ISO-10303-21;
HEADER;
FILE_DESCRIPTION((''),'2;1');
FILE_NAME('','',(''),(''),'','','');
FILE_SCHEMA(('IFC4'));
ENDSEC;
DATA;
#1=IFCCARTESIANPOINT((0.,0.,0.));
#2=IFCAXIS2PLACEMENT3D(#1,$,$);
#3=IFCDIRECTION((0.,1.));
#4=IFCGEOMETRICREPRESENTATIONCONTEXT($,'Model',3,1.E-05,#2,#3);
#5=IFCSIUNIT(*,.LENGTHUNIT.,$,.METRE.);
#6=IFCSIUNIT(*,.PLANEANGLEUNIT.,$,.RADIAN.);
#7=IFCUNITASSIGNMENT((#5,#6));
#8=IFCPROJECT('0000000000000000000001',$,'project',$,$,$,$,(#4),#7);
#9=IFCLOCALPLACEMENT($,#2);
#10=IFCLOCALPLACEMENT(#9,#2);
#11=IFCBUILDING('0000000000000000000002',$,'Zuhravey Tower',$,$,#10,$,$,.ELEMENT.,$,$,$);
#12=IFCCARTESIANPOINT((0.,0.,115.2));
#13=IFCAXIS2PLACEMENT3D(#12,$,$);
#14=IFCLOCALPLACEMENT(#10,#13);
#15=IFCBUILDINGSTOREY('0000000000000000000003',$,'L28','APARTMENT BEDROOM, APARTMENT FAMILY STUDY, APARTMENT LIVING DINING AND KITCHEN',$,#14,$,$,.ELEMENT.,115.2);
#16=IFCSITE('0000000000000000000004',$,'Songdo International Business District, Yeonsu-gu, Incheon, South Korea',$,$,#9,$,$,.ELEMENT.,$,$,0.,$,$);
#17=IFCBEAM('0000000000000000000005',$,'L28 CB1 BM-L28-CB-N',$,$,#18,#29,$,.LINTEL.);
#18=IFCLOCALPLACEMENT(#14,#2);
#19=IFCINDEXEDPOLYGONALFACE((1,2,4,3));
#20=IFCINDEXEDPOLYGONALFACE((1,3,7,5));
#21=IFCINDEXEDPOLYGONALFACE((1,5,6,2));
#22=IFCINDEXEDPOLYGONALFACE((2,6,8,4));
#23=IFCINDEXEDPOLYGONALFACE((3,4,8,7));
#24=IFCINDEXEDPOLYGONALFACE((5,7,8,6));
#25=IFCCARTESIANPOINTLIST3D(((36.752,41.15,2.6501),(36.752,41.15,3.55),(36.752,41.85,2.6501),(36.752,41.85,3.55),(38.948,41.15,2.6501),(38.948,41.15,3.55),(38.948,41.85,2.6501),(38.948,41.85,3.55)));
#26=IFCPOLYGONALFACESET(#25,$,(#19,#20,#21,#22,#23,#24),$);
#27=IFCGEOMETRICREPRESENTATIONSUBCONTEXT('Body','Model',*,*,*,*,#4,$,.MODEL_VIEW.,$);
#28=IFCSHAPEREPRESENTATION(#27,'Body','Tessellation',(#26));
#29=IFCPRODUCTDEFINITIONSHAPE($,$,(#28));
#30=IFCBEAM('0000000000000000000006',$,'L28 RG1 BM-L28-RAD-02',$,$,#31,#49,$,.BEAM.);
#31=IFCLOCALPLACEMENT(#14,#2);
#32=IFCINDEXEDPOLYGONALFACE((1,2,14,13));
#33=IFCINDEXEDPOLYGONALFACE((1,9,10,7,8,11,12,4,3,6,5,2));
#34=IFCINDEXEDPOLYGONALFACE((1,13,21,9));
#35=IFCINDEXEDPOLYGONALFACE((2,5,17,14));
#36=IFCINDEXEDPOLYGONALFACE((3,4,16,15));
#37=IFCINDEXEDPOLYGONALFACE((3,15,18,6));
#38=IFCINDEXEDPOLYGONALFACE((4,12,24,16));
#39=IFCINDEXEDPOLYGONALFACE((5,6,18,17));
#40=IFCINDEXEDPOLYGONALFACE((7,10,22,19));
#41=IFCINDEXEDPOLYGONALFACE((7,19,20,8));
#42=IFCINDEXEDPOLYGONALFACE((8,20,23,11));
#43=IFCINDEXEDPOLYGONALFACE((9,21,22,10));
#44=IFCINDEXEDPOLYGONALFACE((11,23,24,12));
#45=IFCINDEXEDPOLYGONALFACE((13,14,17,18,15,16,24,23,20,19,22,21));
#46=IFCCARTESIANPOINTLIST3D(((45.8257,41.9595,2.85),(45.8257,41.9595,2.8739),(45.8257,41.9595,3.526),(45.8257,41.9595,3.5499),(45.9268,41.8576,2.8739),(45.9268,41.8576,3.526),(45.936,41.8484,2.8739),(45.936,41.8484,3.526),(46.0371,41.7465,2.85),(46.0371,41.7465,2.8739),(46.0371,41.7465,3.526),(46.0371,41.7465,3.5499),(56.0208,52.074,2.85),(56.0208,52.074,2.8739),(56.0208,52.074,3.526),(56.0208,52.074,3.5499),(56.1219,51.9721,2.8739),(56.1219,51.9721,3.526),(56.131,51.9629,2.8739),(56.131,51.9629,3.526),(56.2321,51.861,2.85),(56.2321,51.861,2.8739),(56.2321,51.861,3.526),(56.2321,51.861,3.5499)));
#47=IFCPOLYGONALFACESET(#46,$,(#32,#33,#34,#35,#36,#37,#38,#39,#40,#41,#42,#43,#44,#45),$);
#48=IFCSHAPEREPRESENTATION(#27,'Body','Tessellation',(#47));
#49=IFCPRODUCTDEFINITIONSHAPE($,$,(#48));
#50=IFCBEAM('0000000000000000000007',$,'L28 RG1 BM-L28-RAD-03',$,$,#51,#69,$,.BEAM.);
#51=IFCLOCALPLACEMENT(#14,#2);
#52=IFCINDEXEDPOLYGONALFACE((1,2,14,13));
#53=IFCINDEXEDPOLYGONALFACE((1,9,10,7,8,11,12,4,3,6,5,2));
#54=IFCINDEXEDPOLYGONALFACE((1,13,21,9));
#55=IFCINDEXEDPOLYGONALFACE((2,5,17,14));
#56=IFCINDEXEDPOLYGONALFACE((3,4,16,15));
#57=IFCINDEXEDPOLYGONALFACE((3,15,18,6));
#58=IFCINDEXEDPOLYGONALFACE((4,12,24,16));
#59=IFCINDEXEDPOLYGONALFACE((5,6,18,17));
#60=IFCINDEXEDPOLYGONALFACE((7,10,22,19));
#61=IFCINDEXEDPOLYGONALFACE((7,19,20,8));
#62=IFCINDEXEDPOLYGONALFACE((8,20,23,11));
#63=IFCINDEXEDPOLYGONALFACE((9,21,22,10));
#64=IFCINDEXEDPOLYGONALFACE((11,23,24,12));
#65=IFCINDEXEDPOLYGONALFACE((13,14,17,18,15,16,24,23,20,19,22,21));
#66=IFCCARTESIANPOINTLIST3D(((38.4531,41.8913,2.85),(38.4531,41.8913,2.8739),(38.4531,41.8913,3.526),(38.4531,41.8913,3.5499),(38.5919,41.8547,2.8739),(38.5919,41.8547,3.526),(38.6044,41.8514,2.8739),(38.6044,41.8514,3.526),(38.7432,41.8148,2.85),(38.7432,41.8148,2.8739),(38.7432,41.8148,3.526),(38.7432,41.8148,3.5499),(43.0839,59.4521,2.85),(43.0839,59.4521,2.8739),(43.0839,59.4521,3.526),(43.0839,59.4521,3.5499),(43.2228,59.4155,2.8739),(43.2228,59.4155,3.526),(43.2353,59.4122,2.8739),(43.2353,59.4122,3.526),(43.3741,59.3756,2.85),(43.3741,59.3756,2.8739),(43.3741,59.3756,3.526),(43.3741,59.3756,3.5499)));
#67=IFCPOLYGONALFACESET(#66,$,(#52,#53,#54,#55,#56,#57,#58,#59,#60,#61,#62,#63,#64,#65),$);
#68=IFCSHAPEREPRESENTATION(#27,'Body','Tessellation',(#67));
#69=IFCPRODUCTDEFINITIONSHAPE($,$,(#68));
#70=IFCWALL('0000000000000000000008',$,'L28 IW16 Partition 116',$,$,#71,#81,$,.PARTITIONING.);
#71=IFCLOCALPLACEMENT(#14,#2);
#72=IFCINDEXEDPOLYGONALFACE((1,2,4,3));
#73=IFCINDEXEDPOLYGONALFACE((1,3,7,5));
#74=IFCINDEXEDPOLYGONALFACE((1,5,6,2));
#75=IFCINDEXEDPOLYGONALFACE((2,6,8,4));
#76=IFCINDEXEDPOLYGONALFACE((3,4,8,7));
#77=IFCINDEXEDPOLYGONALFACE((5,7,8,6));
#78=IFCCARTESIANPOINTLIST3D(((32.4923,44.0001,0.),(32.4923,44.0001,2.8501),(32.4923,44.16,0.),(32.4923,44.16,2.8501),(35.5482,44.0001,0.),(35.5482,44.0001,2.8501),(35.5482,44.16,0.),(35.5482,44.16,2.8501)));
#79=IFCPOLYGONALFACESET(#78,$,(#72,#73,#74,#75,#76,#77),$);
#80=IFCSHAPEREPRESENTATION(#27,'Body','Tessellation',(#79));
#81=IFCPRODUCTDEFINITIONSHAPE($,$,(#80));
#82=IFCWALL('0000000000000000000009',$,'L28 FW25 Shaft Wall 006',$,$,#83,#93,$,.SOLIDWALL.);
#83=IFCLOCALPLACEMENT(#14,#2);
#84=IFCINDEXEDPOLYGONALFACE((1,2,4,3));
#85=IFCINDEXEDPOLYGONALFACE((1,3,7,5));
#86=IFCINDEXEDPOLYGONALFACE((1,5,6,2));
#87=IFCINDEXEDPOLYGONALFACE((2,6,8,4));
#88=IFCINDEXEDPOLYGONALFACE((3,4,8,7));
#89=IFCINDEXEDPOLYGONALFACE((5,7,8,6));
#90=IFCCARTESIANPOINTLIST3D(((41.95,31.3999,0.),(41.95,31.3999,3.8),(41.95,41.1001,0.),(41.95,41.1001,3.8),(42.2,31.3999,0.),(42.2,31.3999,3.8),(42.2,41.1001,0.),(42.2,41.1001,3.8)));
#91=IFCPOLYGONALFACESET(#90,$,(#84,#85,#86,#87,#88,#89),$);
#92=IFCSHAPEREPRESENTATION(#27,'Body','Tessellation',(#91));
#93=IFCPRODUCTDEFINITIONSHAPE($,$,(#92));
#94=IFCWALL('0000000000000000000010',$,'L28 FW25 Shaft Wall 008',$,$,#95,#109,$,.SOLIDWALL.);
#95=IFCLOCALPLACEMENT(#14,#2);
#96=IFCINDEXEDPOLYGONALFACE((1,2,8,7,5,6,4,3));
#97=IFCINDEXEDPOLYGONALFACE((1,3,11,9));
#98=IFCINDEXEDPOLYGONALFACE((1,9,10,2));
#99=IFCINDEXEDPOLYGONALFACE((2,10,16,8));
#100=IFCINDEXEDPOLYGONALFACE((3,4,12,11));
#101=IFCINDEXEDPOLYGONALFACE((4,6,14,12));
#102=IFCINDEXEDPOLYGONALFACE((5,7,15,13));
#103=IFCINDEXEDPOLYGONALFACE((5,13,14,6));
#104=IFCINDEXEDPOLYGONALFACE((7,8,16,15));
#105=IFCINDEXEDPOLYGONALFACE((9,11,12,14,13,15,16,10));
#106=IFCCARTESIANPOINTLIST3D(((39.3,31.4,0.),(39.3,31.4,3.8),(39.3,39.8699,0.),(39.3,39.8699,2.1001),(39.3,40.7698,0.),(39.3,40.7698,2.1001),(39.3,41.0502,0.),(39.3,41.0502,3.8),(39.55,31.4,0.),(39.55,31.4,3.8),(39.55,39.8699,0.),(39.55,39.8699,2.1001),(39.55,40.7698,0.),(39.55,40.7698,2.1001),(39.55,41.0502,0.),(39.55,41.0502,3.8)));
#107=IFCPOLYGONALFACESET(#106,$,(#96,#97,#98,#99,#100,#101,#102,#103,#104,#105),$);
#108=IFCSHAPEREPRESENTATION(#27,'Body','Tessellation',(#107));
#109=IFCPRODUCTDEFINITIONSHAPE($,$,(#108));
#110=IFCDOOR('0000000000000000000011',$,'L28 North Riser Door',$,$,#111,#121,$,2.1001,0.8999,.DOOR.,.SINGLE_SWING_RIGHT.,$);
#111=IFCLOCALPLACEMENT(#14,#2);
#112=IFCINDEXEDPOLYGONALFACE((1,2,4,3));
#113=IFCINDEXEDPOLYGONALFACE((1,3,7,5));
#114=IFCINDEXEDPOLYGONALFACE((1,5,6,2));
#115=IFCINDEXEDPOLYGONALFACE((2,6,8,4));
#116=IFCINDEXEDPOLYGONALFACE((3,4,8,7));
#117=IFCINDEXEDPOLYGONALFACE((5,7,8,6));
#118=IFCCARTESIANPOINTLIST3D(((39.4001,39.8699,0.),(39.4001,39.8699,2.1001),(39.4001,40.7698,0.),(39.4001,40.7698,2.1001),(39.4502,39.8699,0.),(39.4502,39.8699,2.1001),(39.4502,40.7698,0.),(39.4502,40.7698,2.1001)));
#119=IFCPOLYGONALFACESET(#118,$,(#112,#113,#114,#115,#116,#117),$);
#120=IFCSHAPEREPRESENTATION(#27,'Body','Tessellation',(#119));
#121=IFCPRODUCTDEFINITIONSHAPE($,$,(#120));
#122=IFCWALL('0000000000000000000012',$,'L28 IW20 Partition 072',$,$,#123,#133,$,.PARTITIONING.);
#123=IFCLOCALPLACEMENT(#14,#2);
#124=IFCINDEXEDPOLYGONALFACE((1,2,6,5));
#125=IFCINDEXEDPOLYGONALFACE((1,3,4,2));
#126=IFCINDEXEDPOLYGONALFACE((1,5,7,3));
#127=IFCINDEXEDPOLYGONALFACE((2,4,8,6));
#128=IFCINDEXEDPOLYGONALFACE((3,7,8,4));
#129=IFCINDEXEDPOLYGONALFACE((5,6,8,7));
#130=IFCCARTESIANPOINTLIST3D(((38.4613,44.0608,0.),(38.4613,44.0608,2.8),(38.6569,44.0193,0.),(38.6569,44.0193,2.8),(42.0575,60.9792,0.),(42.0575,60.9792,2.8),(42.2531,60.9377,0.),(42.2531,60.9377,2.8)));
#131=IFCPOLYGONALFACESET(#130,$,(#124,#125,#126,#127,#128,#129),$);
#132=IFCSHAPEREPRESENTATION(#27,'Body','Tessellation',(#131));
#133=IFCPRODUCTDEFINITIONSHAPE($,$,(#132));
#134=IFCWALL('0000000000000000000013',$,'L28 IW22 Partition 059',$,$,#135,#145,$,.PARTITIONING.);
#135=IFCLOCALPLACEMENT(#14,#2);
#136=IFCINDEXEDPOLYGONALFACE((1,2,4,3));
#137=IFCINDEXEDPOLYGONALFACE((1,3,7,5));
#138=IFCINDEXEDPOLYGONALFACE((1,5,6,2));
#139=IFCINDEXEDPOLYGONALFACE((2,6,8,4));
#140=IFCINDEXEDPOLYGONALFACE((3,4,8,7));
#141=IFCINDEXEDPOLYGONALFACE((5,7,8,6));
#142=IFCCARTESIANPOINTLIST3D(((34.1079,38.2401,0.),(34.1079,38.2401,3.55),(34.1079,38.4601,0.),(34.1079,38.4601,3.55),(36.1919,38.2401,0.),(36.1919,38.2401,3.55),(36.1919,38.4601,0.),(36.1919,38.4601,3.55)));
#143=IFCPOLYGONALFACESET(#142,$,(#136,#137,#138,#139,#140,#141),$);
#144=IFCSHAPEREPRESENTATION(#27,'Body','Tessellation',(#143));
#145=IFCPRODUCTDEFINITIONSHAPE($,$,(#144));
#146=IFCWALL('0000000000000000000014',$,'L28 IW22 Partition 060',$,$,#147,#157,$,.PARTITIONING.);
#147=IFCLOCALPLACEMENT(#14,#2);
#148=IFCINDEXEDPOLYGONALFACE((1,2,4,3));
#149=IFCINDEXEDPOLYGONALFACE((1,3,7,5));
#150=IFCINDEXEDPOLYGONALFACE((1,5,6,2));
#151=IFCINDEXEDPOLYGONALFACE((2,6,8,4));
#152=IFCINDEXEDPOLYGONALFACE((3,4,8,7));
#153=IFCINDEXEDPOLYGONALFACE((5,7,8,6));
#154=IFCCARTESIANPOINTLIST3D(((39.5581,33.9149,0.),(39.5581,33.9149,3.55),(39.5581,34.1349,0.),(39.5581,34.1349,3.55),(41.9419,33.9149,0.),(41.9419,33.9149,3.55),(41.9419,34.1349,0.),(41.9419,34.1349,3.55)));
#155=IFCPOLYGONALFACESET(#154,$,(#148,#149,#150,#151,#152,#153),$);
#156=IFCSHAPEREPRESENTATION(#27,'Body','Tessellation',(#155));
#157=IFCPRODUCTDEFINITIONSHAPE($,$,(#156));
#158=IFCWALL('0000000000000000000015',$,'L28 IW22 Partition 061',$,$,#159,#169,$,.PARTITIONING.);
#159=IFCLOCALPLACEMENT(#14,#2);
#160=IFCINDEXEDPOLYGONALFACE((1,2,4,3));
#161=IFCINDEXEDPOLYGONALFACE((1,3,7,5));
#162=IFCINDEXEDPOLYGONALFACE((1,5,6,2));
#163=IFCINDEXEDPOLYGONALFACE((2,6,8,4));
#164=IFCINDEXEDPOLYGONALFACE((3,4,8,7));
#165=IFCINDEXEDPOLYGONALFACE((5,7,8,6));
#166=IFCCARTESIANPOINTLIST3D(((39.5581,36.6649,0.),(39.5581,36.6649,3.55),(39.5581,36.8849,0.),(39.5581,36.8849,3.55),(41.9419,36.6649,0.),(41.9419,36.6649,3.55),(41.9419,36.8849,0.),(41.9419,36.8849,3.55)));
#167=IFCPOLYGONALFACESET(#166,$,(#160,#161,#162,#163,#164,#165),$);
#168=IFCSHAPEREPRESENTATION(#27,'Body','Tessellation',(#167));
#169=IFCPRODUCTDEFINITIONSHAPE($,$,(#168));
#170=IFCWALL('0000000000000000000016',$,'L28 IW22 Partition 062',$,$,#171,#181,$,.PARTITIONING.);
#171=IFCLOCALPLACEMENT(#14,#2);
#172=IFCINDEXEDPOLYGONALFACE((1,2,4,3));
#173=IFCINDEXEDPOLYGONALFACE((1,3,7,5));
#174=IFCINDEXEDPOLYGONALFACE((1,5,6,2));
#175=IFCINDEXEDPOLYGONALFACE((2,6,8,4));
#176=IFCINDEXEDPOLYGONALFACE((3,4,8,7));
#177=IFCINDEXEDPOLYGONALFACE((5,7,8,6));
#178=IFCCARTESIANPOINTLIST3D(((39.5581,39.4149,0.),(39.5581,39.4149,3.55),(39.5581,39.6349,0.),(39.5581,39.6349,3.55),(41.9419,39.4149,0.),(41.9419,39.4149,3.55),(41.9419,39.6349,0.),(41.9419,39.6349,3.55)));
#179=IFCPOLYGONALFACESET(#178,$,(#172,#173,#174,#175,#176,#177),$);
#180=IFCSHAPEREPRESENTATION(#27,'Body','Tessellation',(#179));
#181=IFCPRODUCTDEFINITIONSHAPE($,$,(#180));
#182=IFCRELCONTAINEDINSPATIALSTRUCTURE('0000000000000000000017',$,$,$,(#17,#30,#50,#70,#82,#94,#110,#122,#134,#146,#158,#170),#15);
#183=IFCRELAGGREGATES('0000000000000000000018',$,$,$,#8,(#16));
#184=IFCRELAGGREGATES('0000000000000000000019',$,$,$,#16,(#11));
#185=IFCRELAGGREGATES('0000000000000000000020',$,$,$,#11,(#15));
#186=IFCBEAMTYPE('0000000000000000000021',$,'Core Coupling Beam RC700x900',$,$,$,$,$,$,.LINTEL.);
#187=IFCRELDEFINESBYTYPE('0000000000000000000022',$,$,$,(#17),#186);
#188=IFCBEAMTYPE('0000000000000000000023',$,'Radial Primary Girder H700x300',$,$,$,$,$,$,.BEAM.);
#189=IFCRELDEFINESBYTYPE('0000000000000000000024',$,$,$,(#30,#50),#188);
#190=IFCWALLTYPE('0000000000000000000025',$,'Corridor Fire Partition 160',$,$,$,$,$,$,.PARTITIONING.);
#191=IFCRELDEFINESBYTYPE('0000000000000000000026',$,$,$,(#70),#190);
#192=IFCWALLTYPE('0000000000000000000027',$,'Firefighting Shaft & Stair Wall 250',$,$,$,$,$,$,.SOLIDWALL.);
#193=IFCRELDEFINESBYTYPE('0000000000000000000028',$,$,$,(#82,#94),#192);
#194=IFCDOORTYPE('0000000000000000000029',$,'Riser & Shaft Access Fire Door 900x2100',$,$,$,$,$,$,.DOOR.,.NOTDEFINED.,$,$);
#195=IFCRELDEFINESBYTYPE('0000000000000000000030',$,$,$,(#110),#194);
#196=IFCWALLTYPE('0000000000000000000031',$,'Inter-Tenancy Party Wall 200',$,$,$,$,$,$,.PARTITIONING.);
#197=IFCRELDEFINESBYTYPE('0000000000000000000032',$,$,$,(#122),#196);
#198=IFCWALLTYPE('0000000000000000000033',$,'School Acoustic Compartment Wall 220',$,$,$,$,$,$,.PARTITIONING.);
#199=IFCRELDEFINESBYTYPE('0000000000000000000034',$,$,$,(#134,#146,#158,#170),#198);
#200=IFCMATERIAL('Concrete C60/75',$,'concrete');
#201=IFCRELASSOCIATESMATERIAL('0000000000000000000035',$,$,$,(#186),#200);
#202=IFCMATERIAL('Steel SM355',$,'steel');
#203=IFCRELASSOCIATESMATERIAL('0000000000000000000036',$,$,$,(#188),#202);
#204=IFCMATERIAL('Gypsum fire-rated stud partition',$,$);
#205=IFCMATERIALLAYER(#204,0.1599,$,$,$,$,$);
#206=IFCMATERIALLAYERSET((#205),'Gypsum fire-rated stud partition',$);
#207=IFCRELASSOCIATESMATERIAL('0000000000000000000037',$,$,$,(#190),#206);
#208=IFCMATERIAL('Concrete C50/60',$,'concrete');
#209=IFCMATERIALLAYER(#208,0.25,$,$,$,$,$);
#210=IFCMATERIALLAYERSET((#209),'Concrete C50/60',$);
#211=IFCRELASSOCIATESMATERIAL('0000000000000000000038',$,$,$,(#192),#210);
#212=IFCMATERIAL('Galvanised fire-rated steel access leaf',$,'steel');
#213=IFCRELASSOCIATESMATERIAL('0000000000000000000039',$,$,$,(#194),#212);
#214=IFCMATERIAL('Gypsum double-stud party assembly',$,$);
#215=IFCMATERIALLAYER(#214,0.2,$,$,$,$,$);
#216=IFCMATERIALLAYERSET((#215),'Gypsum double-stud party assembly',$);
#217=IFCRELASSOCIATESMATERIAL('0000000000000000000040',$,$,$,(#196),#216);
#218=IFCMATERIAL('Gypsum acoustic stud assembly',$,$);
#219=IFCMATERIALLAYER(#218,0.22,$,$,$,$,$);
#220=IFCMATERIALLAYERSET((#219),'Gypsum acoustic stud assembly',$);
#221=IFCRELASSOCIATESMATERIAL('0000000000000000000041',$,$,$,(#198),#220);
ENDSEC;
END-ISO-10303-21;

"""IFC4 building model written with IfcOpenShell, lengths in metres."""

from ifc_helpers import new_model, si_unit, direction, frame, frame_2d, origin, origin_2d, place, context, subcontext, project, spatial, rectangle, i_section, extrude, material, layer, layer_set, material_profile, profile_set, type_object, element, fill, save


model = new_model("IFC4")

# Units and contexts
model_context = context("Model", 3, precision=1e-05, world=origin(), true_north=direction((0.0, 1.0)))
body_context = subcontext(model_context, "Body", "Model", "MODEL_VIEW")
ifc_project = project(units=[si_unit("LENGTHUNIT", "METRE"), si_unit("PLANEANGLEUNIT", "RADIAN")], contexts=[model_context])

# Site, building, storey
site_placement = place(None, origin())
site = spatial("IfcSite", under=ifc_project, at=site_placement, Name="Songdo International Business District, Yeonsu-gu, Incheon, South Korea", CompositionType="ELEMENT", RefElevation=0.0)
building_placement = place(site_placement, origin())
building = spatial("IfcBuilding", under=site, at=building_placement, Name="Zuhravey Tower", CompositionType="ELEMENT")
storey_placement = place(building_placement, frame((0.0, 0.0, 115.2)))
storey = spatial("IfcBuildingStorey", under=building, at=storey_placement, Name="L28", Description="APARTMENT BEDROOM, APARTMENT FAMILY STUDY, APARTMENT LIVING DINING AND KITCHEN", CompositionType="ELEMENT", Elevation=115.2)

# Beams
ifc_material_1 = material(Name="Concrete C60/75", Category="concrete")
ifc_material_profile_1 = material_profile(ifc_material_1, rectangle(XDim=0.7, YDim=0.8999, at=origin_2d()), Name="RC-700x900")
ifc_profile_set_1 = profile_set([ifc_material_profile_1], Name="Concrete C60/75")
beam_type_1 = type_object("IfcBeamType", Name="Core Coupling Beam RC700x900", PredefinedType="LINTEL", material=ifc_profile_set_1)
beam_1_placement = place(storey_placement, frame((36.752, 41.5, 3.1001), z_axis=(1.0, 0.0, 0.0), x_axis=(0.0, 1.0, 0.0)))
element("IfcBeam", 1, at=beam_1_placement, inside=storey, type_object=beam_type_1, Name="L28 CB1 BM-L28-CB-N", PredefinedType="LINTEL", context=body_context, shape_type="SweptSolid", body=[
    extrude(rectangle(XDim=0.7, YDim=0.8999, at=origin_2d()), origin(), (0.0, 0.0, 1.0), 2.196),
])
ifc_material_2 = material(Name="Steel SM355", Category="steel")
ifc_material_profile_2 = material_profile(ifc_material_2, i_section(OverallWidth=0.3, OverallDepth=0.7, WebThickness=0.0129, FlangeThickness=0.0239, at=origin_2d()), Name="H-700x300x13x24")
ifc_profile_set_2 = profile_set([ifc_material_profile_2], Name="Steel SM355")
beam_type_2 = type_object("IfcBeamType", Name="Radial Primary Girder H700x300", PredefinedType="BEAM", material=ifc_profile_set_2)
beam_2_placement = place(storey_placement, frame((45.9314, 41.853, 3.2), z_axis=(0.709906, 0.704296, 0.0), x_axis=(-0.704296, 0.709906, 0.0)))
element("IfcBeam", 2, at=beam_2_placement, inside=storey, type_object=beam_type_2, Name="L28 RG1 BM-L28-RAD-02", PredefinedType="BEAM", context=body_context, shape_type="SweptSolid", body=[
    extrude(i_section(OverallWidth=0.3, OverallDepth=0.7, WebThickness=0.0129, FlangeThickness=0.0239, at=origin_2d()), origin(), (0.0, 0.0, 1.0), 14.3611),
])
beam_3_placement = place(storey_placement, frame((38.5981, 41.853, 3.2), z_axis=(0.254988, 0.966944, 0.0), x_axis=(-0.966944, 0.254988, 0.0)))
element("IfcBeam", 3, at=beam_3_placement, inside=storey, type_object=beam_type_2, Name="L28 RG1 BM-L28-RAD-03", PredefinedType="BEAM", context=body_context, shape_type="SweptSolid", body=[
    extrude(i_section(OverallWidth=0.3, OverallDepth=0.7, WebThickness=0.0129, FlangeThickness=0.0239, at=origin_2d()), origin(), (0.0, 0.0, 1.0), 18.1611),
])

# Shared definitions
ifc_material_3 = material(Name="Gypsum fire-rated stud partition")
ifc_layer_1 = layer(ifc_material_3, 0.1599)
ifc_layer_set_1 = layer_set([ifc_layer_1], Name="Gypsum fire-rated stud partition")
wall_type_1 = type_object("IfcWallType", Name="Corridor Fire Partition 160", PredefinedType="PARTITIONING", material=ifc_layer_set_1)

# Wall
wall_1_placement = place(storey_placement, frame((35.5481, 44.0801, 0.0), z_axis=(0.0, 0.0, 1.0), x_axis=(-1.0, 0.0, 0.0)))
element("IfcWall", 4, at=wall_1_placement, inside=storey, type_object=wall_type_1, Name="L28 IW16 Partition 116", PredefinedType="PARTITIONING", context=body_context, shape_type="SweptSolid", body=[
    extrude(rectangle(XDim=3.0559, YDim=0.1599, at=frame_2d((1.5278, 0.0))), origin(), (0.0, 0.0, 1.0), 2.8501),
])

# Shared definitions
ifc_material_4 = material(Name="Concrete C50/60", Category="concrete")
ifc_layer_2 = layer(ifc_material_4, 0.25)
ifc_layer_set_2 = layer_set([ifc_layer_2], Name="Concrete C50/60")
wall_type_2 = type_object("IfcWallType", Name="Firefighting Shaft & Stair Wall 250", PredefinedType="SOLIDWALL", material=ifc_layer_set_2)

# Wall
wall_2_placement = place(storey_placement, frame((42.075, 31.3999, 0.0), z_axis=(0.0, 0.0, 1.0), x_axis=(0.0, 1.0, 0.0)))
element("IfcWall", 5, at=wall_2_placement, inside=storey, type_object=wall_type_2, Name="L28 FW25 Shaft Wall 006", PredefinedType="SOLIDWALL", context=body_context, shape_type="SweptSolid", body=[
    extrude(rectangle(XDim=9.7002, YDim=0.25, at=frame_2d((4.8501, 0.0))), origin(), (0.0, 0.0, 1.0), 3.8),
])

# Wall, opening, door
wall_3_placement = place(storey_placement, frame((39.425, 31.3999, 0.0), z_axis=(0.0, 0.0, 1.0), x_axis=(0.0, 1.0, 0.0)))
wall_3 = element("IfcWall", 6, at=wall_3_placement, inside=storey, type_object=wall_type_2, Name="L28 FW25 Shaft Wall 008", PredefinedType="SOLIDWALL", context=body_context, shape_type="SweptSolid", body=[
    extrude(rectangle(XDim=9.6501, YDim=0.25, at=frame_2d((4.8252, 0.0))), origin(), (0.0, 0.0, 1.0), 3.8),
])
opening_1_placement = place(wall_3_placement, frame((8.47, 0.0, 0.0)))
opening_1 = element("IfcOpeningElement", 7, at=opening_1_placement, cuts=wall_3, PredefinedType="OPENING", context=body_context, shape_type="SweptSolid", body=[
    extrude(rectangle(XDim=0.8999, YDim=2.1001, at=frame_2d((0.45, 1.05))), frame((0.0, 0.137, 0.0), z_axis=(0.0, -1.0, 0.0), x_axis=(1.0, 0.0, 0.0)), (0.0, 0.0, 1.0), 0.2739),
])
ifc_material_5 = material(Name="Galvanised fire-rated steel access leaf", Category="steel")
door_type_1 = type_object("IfcDoorType", Name="Riser & Shaft Access Fire Door 900x2100", OperationType="NOTDEFINED", PredefinedType="DOOR", material=ifc_material_5)
door_1_placement = place(opening_1_placement, origin())
door_1 = element("IfcDoor", 8, at=door_1_placement, inside=storey, type_object=door_type_1, Name="L28 North Riser Door", OperationType="SINGLE_SWING_RIGHT", OverallHeight=2.1001, OverallWidth=0.8999, PredefinedType="DOOR", context=body_context, shape_type="SweptSolid", body=[
    extrude(rectangle(XDim=0.8999, YDim=2.1001, at=frame_2d((0.45, 1.05))), frame((0.0, 0.0249, 0.0), z_axis=(0.0, -1.0, 0.0), x_axis=(1.0, 0.0, 0.0)), (0.0, 0.0, 1.0), 0.05),
])
fill(opening_1, door_1)

# Walls
ifc_material_6 = material(Name="Gypsum double-stud party assembly")
ifc_layer_3 = layer(ifc_material_6, 0.2)
ifc_layer_set_3 = layer_set([ifc_layer_3], Name="Gypsum double-stud party assembly")
wall_type_3 = type_object("IfcWallType", Name="Inter-Tenancy Party Wall 200", PredefinedType="PARTITIONING", material=ifc_layer_set_3)
wall_4_placement = place(storey_placement, frame((38.5591, 44.04, 0.0), z_axis=(0.0, 0.0, 1.0), x_axis=(0.207915, 0.978147, 0.0)))
element("IfcWall", 9, at=wall_4_placement, inside=storey, type_object=wall_type_3, Name="L28 IW20 Partition 072", PredefinedType="PARTITIONING", context=body_context, shape_type="SweptSolid", body=[
    extrude(rectangle(XDim=17.2964, YDim=0.2, at=frame_2d((8.6482, 0.0))), origin(), (0.0, 0.0, 1.0), 2.8),
])
ifc_material_7 = material(Name="Gypsum acoustic stud assembly")
ifc_layer_4 = layer(ifc_material_7, 0.22)
ifc_layer_set_4 = layer_set([ifc_layer_4], Name="Gypsum acoustic stud assembly")
wall_type_4 = type_object("IfcWallType", Name="School Acoustic Compartment Wall 220", PredefinedType="PARTITIONING", material=ifc_layer_set_4)
wall_5_placement = place(storey_placement, frame((34.1079, 38.3501, 0.0), z_axis=(0.0, 0.0, 1.0), x_axis=(1.0, 0.0, 0.0)))
element("IfcWall", 10, at=wall_5_placement, inside=storey, type_object=wall_type_4, Name="L28 IW22 Partition 059", PredefinedType="PARTITIONING", context=body_context, shape_type="SweptSolid", body=[
    extrude(rectangle(XDim=2.084, YDim=0.22, at=frame_2d((1.042, 0.0))), origin(), (0.0, 0.0, 1.0), 3.55),
])
for number, where, z_axis, x_axis, name in (
    (11, (39.5581, 34.0249, 0.0), (0.0, 0.0, 1.0), (1.0, 0.0, 0.0), "L28 IW22 Partition 060"),
    (12, (39.5581, 36.7749, 0.0), (0.0, 0.0, 1.0), (1.0, 0.0, 0.0), "L28 IW22 Partition 061"),
    (13, (39.5581, 39.5249, 0.0), (0.0, 0.0, 1.0), (1.0, 0.0, 0.0), "L28 IW22 Partition 062"),
):
    element("IfcWall", number, at=place(storey_placement, frame(where, z_axis=z_axis, x_axis=x_axis)), inside=storey, type_object=wall_type_4, Name=name, PredefinedType="PARTITIONING", context=body_context, shape_type="SweptSolid", body=[
        extrude(rectangle(XDim=2.3838, YDim=0.22, at=frame_2d((1.1919, 0.0))), origin(), (0.0, 0.0, 1.0), 3.55),
    ])

save(model, "model.ifc")
